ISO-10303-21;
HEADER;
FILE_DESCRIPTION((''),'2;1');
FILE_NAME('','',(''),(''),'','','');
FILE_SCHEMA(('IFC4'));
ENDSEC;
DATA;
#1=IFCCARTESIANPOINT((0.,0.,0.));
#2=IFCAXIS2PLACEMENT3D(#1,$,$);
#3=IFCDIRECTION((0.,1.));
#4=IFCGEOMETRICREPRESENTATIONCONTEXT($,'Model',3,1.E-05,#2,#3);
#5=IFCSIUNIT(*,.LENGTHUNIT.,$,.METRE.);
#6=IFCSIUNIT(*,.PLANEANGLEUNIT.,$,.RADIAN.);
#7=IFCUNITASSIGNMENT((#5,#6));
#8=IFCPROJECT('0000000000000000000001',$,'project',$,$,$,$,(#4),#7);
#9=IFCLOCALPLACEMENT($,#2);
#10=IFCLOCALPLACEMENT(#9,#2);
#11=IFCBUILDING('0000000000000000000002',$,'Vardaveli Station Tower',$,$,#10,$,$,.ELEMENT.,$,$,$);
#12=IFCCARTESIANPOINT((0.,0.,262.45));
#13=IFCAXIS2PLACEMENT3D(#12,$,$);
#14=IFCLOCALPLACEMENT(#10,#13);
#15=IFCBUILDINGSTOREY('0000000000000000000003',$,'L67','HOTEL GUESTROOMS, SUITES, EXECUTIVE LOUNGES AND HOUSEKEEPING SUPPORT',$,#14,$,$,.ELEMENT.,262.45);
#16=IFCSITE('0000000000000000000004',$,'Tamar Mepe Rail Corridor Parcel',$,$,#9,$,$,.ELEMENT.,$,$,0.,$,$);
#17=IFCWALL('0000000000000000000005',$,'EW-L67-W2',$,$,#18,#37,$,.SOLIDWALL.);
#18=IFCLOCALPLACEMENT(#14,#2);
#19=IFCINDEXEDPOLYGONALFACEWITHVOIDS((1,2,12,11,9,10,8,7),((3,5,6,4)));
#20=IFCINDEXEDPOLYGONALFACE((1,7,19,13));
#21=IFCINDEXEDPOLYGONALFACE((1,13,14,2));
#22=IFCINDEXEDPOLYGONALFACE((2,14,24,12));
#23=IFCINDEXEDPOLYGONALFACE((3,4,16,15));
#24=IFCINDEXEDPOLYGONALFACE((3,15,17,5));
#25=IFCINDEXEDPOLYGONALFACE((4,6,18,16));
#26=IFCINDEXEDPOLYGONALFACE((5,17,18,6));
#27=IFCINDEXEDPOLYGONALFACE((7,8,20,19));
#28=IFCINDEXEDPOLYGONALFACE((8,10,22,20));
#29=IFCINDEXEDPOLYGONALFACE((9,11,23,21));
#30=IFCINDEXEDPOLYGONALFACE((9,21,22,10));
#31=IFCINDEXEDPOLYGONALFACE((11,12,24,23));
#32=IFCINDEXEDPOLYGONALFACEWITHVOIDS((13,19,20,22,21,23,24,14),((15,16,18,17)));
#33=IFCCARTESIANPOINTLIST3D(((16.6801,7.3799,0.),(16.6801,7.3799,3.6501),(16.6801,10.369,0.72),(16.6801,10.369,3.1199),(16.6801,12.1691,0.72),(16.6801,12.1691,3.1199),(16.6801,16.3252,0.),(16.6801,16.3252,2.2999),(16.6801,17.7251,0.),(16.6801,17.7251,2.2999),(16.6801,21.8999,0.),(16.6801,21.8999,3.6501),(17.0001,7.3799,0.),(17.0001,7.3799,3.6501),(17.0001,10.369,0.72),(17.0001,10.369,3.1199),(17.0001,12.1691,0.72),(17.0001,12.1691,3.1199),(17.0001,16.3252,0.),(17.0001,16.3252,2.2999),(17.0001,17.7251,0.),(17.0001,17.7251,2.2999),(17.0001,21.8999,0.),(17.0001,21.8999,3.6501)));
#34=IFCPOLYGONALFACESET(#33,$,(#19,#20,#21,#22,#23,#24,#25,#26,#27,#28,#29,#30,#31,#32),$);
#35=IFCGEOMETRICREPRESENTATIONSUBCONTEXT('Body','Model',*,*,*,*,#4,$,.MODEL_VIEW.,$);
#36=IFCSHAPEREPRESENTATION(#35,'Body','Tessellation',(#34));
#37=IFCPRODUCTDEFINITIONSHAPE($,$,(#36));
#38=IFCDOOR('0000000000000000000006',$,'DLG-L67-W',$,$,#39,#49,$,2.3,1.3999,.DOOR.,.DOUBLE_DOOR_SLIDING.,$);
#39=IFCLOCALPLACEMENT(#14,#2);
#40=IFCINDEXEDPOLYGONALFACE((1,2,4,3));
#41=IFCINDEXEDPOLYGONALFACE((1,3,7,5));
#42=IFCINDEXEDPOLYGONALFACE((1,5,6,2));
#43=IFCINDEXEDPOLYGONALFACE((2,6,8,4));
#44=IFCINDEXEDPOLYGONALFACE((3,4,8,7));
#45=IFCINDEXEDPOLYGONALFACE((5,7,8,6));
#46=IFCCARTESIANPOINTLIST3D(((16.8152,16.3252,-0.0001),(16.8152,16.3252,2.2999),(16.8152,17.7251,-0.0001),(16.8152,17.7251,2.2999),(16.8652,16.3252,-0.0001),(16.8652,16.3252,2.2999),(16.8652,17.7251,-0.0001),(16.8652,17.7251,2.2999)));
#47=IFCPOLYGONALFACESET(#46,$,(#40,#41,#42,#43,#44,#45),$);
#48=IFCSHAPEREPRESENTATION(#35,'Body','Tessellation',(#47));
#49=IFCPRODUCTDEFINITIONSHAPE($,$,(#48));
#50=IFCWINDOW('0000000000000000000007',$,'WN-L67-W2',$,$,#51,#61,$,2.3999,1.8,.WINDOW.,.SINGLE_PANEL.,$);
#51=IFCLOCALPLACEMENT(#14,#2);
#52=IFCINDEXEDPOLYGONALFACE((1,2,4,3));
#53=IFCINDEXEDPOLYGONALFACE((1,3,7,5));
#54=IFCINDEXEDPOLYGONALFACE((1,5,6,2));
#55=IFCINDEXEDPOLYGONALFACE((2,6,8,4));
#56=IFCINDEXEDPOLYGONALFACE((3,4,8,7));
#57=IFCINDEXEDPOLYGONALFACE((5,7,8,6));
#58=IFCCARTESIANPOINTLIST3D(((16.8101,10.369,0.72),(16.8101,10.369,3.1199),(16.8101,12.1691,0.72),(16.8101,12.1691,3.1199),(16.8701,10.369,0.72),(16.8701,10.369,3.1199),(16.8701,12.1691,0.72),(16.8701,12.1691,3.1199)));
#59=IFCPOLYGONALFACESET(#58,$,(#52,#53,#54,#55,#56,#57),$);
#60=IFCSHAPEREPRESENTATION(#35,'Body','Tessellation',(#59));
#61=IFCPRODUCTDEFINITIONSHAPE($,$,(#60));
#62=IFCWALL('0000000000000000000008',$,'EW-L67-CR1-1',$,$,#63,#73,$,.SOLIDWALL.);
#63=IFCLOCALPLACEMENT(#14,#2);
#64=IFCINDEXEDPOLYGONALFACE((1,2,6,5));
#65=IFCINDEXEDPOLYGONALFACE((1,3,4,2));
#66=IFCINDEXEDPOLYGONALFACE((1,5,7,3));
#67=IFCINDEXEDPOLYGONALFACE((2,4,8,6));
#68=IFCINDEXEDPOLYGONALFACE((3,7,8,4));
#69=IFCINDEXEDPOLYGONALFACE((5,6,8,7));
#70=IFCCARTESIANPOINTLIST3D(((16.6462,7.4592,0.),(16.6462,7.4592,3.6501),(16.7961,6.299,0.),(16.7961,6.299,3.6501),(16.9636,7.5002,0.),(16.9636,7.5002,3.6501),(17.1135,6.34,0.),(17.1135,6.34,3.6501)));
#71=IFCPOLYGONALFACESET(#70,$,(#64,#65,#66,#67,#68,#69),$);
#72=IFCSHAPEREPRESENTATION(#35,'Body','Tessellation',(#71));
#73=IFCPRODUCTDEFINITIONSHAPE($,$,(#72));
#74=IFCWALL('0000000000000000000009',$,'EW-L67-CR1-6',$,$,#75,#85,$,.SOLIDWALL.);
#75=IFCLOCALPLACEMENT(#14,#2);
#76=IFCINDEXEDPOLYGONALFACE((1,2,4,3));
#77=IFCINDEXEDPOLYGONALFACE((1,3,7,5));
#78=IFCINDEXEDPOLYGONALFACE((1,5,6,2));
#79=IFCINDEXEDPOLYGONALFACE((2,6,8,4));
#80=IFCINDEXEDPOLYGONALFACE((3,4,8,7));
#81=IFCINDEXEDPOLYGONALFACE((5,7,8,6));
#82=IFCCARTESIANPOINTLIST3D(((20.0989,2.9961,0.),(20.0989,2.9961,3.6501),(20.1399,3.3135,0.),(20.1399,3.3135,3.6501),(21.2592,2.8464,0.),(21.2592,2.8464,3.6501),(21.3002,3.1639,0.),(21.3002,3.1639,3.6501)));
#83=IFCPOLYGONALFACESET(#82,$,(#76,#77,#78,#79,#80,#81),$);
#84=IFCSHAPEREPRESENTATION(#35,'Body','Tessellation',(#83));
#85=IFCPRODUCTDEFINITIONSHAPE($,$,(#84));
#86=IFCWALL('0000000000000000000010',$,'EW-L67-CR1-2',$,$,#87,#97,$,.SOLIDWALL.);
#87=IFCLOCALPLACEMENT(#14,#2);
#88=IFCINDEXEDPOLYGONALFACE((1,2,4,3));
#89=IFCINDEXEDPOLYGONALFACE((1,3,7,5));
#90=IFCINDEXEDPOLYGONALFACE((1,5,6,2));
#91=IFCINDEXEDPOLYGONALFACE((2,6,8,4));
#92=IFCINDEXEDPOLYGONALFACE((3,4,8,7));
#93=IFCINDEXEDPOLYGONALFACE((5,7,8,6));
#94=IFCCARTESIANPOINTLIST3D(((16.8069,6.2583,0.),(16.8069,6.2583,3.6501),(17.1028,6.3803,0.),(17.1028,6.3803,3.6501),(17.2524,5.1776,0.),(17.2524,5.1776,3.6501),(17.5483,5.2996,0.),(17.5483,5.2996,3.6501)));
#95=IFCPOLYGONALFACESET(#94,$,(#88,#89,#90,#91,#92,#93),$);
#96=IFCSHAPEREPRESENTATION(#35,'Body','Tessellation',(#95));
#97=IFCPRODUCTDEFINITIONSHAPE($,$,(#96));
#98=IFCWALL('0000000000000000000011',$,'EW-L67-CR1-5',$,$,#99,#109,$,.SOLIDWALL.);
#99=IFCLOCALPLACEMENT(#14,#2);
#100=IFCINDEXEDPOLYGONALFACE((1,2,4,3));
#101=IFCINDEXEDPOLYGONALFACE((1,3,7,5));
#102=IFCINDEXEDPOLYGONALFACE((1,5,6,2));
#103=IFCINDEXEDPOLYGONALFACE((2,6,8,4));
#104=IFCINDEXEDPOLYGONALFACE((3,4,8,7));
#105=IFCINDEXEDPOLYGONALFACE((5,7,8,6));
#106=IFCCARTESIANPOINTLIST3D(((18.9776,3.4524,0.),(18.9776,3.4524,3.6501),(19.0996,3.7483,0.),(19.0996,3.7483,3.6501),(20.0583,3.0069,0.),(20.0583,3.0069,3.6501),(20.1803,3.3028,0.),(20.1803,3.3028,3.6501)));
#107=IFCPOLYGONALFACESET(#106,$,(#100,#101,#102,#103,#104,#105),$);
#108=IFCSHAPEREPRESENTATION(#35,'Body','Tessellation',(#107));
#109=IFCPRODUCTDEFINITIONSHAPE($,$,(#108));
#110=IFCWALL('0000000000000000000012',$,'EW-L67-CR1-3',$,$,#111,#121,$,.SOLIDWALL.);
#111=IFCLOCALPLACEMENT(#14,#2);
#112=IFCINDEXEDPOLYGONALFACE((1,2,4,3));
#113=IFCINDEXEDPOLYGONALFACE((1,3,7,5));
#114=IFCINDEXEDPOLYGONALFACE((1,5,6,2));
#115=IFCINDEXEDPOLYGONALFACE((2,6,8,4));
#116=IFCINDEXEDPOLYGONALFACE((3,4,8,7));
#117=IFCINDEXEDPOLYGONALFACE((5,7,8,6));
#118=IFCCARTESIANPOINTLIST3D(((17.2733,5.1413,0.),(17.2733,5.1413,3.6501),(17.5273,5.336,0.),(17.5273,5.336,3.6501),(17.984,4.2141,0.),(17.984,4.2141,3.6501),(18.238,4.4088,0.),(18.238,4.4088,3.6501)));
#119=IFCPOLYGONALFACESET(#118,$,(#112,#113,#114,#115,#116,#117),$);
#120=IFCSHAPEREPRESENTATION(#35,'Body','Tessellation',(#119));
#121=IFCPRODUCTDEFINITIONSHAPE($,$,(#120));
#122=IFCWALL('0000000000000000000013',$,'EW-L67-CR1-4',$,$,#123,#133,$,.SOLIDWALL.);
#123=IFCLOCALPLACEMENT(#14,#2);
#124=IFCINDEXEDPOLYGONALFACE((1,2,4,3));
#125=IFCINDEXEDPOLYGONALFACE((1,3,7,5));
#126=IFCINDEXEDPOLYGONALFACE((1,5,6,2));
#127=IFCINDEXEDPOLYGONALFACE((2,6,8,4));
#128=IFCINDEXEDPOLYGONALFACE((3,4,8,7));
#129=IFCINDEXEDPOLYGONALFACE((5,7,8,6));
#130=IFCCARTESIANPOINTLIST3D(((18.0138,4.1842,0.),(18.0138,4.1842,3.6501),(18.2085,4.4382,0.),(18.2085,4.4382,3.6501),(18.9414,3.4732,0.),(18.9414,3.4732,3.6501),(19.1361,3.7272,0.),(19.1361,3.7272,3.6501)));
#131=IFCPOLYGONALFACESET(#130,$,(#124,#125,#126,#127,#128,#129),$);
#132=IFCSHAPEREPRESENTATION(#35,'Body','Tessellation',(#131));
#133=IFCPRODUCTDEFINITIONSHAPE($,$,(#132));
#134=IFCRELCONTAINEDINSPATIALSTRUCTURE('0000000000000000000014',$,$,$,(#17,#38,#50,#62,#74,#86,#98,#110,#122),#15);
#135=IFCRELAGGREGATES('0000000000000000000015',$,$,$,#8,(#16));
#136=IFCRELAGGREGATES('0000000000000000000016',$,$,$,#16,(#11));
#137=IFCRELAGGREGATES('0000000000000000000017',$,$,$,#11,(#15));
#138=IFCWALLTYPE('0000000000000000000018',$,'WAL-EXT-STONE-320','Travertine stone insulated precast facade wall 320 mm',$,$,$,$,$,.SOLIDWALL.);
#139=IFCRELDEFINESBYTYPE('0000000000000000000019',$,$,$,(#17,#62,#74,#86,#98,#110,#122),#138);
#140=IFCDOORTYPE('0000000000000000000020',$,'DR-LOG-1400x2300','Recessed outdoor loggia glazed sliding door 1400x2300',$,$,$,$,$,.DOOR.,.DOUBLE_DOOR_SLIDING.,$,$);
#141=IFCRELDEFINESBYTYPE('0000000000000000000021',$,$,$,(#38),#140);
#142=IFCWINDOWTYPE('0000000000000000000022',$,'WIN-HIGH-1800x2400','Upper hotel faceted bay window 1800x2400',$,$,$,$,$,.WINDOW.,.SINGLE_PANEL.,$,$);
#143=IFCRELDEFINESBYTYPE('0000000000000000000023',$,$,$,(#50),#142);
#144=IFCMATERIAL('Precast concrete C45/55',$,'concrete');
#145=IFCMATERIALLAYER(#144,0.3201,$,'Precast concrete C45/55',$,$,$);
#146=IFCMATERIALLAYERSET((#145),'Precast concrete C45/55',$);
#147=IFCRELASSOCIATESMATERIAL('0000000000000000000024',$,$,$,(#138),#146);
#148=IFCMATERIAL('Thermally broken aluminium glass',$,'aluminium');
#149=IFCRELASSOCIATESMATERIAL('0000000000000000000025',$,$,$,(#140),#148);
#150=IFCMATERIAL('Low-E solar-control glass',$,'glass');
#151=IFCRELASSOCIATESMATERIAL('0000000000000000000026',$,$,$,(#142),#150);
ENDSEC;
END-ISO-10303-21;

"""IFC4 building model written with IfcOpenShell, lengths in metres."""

from ifc_helpers import new_model, si_unit, direction, frame, frame_2d, origin, place, context, subcontext, project, spatial, rectangle, extrude, source, transform, mapped, material, layer, layer_set, type_object, element, fill, save


model = new_model("IFC4")

# Units and contexts
model_context = context("Model", 3, precision=1e-05, world=origin(), true_north=direction((0.0, 1.0)))
body_context = subcontext(model_context, "Body", "Model", "MODEL_VIEW")
ifc_project = project(units=[si_unit("LENGTHUNIT", "METRE"), si_unit("PLANEANGLEUNIT", "RADIAN")], contexts=[model_context])

# Site, building, storey
site_placement = place(None, origin())
site = spatial("IfcSite", under=ifc_project, at=site_placement, Name="Tamar Mepe Rail Corridor Parcel", CompositionType="ELEMENT", RefElevation=0.0)
building_placement = place(site_placement, origin())
building = spatial("IfcBuilding", under=site, at=building_placement, Name="Vardaveli Station Tower", CompositionType="ELEMENT")
storey_placement = place(building_placement, frame((0.0, 0.0, 262.45)))
storey = spatial("IfcBuildingStorey", under=building, at=storey_placement, Name="L67", Description="HOTEL GUESTROOMS, SUITES, EXECUTIVE LOUNGES AND HOUSEKEEPING SUPPORT", CompositionType="ELEMENT", Elevation=262.45)

# Shared definitions
ifc_material_1 = material(Name="Precast concrete C45/55", Category="concrete")

# Wall, openings, door, window
ifc_layer_1 = layer(ifc_material_1, 0.3201, Name="Precast concrete C45/55")
ifc_layer_set_1 = layer_set([ifc_layer_1], Name="Precast concrete C45/55")
wall_type_1 = type_object("IfcWallType", Name="WAL-EXT-STONE-320", Description="Travertine stone insulated precast facade wall 320 mm", PredefinedType="SOLIDWALL", material=ifc_layer_set_1)
shared_shape_1 = source(origin(), body_context, "Body", "SweptSolid", [
    extrude(rectangle(XDim=14.52, YDim=0.3201, at=frame_2d((7.26, 0.0))), origin(), (0.0, 0.0, 1.0), 3.6501),
])
wall_1_placement = place(storey_placement, frame((16.8401, 21.8999, 0.0), z_axis=(0.0, 0.0, 1.0), x_axis=(0.0, -1.0, 0.0)))
wall_1 = element("IfcWall", 1, at=wall_1_placement, inside=storey, type_object=wall_type_1, Name="EW-L67-W2", PredefinedType="SOLIDWALL", context=body_context, shape_type="MappedRepresentation", body=[
    mapped(shared_shape_1, transform((0.0, 0.0, 0.0), scale=1.0)),
])
shared_shape_2 = source(origin(), body_context, "Body", "SweptSolid", [
    extrude(rectangle(XDim=1.3999, YDim=2.3, at=frame_2d((0.7, 1.1499))), frame((0.0, 0.1699, 0.0), z_axis=(0.0, -1.0, 0.0), x_axis=(1.0, 0.0, 0.0)), (0.0, 0.0, 1.0), 0.3401),
])
opening_1_placement = place(wall_1_placement, frame((4.1748, 0.0, 0.0)))
opening_1 = element("IfcOpeningElement", 2, at=opening_1_placement, cuts=wall_1, PredefinedType="OPENING", context=body_context, shape_type="MappedRepresentation", body=[
    mapped(shared_shape_2, transform((0.0, 0.0, 0.0), scale=1.0)),
])
shared_shape_3 = source(origin(), body_context, "Body", "SweptSolid", [
    extrude(rectangle(XDim=1.8, YDim=2.3999, at=frame_2d((0.8999, 1.2))), frame((0.0, 0.1699, 0.0), z_axis=(0.0, -1.0, 0.0), x_axis=(1.0, 0.0, 0.0)), (0.0, 0.0, 1.0), 0.3401),
])
opening_2_placement = place(wall_1_placement, frame((9.731, 0.0, 0.72)))
opening_2 = element("IfcOpeningElement", 3, at=opening_2_placement, cuts=wall_1, PredefinedType="OPENING", context=body_context, shape_type="MappedRepresentation", body=[
    mapped(shared_shape_3, transform((0.0, 0.0, 0.0), scale=1.0)),
])
ifc_material_2 = material(Name="Thermally broken aluminium glass", Category="aluminium")
door_type_1 = type_object("IfcDoorType", Name="DR-LOG-1400x2300", Description="Recessed outdoor loggia glazed sliding door 1400x2300", OperationType="DOUBLE_DOOR_SLIDING", PredefinedType="DOOR", material=ifc_material_2)
shared_shape_4 = source(origin(), body_context, "Body", "SweptSolid", [
    extrude(rectangle(XDim=1.3999, YDim=2.3, at=frame_2d((0.7, 1.1499))), frame((0.0, 0.0249, 0.0), z_axis=(0.0, -1.0, 0.0), x_axis=(1.0, 0.0, 0.0)), (0.0, 0.0, 1.0), 0.05),
])
door_1_placement = place(opening_1_placement, frame((1.3999, 0.0, 0.0), z_axis=(0.0, 0.0, 1.0), x_axis=(-1.0, 0.0, 0.0)))
door_1 = element("IfcDoor", 4, at=door_1_placement, inside=storey, type_object=door_type_1, Name="DLG-L67-W", OperationType="DOUBLE_DOOR_SLIDING", OverallHeight=2.3, OverallWidth=1.3999, PredefinedType="DOOR", context=body_context, shape_type="MappedRepresentation", body=[
    mapped(shared_shape_4, transform((0.0, 0.0, 0.0), scale=1.0)),
])
fill(opening_1, door_1)
ifc_material_3 = material(Name="Low-E solar-control glass", Category="glass")
window_type = type_object("IfcWindowType", Name="WIN-HIGH-1800x2400", Description="Upper hotel faceted bay window 1800x2400", PartitioningType="SINGLE_PANEL", PredefinedType="WINDOW", material=ifc_material_3)
shared_shape_5 = source(origin(), body_context, "Body", "SweptSolid", [
    extrude(rectangle(XDim=1.8, YDim=2.3999, at=frame_2d((0.8999, 1.2))), frame((0.0, 0.03, 0.0), z_axis=(0.0, -1.0, 0.0), x_axis=(1.0, 0.0, 0.0)), (0.0, 0.0, 1.0), 0.0601),
])
window_placement = place(opening_2_placement, origin())
window = element("IfcWindow", 5, at=window_placement, inside=storey, type_object=window_type, Name="WN-L67-W2", OverallHeight=2.3999, OverallWidth=1.8, PartitioningType="SINGLE_PANEL", PredefinedType="WINDOW", context=body_context, shape_type="MappedRepresentation", body=[
    mapped(shared_shape_5, transform((0.0, 0.0, 0.0), scale=1.0)),
])
fill(opening_2, window)

# Walls
shared_shape_6 = source(origin(), body_context, "Body", "SweptSolid", [
    extrude(rectangle(XDim=1.1699, YDim=0.3201, at=frame_2d((0.585, 0.0))), origin(), (0.0, 0.0, 1.0), 3.6501),
])
for number, where, z_axis, x_axis, name in (
    (6, (16.8049, 7.4797, 0.0), (0.0, 0.0, 1.0), (0.128117, -0.991759, 0.0), "EW-L67-CR1-1"),
    (7, (20.1194, 3.1548, 0.0), (0.0, 0.0, 1.0), (0.991786, -0.127912, 0.0), "EW-L67-CR1-6"),
):
    element("IfcWall", number, at=place(storey_placement, frame(where, z_axis=z_axis, x_axis=x_axis)), inside=storey, type_object=wall_type_1, Name=name, PredefinedType="SOLIDWALL", context=body_context, shape_type="MappedRepresentation", body=[
        mapped(shared_shape_6, transform((0.0, 0.0, 0.0), scale=1.0)),
    ])
shared_shape_7 = source(origin(), body_context, "Body", "SweptSolid", [
    extrude(rectangle(XDim=1.1689, YDim=0.3201, at=frame_2d((0.5845, 0.0))), origin(), (0.0, 0.0, 1.0), 3.6501),
])
for number, where, z_axis, x_axis, name in (
    (8, (16.9548, 6.3193, 0.0), (0.0, 0.0, 1.0), (0.381128, -0.924522, 0.0), "EW-L67-CR1-2"),
    (9, (19.0386, 3.6003, 0.0), (0.0, 0.0, 1.0), (0.924522, -0.381128, 0.0), "EW-L67-CR1-5"),
):
    element("IfcWall", number, at=place(storey_placement, frame(where, z_axis=z_axis, x_axis=x_axis)), inside=storey, type_object=wall_type_1, Name=name, PredefinedType="SOLIDWALL", context=body_context, shape_type="MappedRepresentation", body=[
        mapped(shared_shape_7, transform((0.0, 0.0, 0.0), scale=1.0)),
    ])
shared_shape_8 = source(origin(), body_context, "Body", "SweptSolid", [
    extrude(rectangle(XDim=1.1682, YDim=0.3201, at=frame_2d((0.584, 0.0))), origin(), (0.0, 0.0, 1.0), 3.6501),
])
wall_2_placement = place(storey_placement, frame((17.4004, 5.2385, 0.0), z_axis=(0.0, 0.0, 1.0), x_axis=(0.608326, -0.793687, 0.0)))
element("IfcWall", 10, at=wall_2_placement, inside=storey, type_object=wall_type_1, Name="EW-L67-CR1-3", PredefinedType="SOLIDWALL", context=body_context, shape_type="MappedRepresentation", body=[
    mapped(shared_shape_8, transform((0.0, 0.0, 0.0), scale=1.0)),
])
shared_shape_9 = source(origin(), body_context, "Body", "SweptSolid", [
    extrude(rectangle(XDim=1.1687, YDim=0.3201, at=frame_2d((0.5845, 0.0))), origin(), (0.0, 0.0, 1.0), 3.6501),
])
wall_3_placement = place(storey_placement, frame((18.1111, 4.3113, 0.0), z_axis=(0.0, 0.0, 1.0), x_axis=(0.793664, -0.608357, 0.0)))
element("IfcWall", 11, at=wall_3_placement, inside=storey, type_object=wall_type_1, Name="EW-L67-CR1-4", PredefinedType="SOLIDWALL", context=body_context, shape_type="MappedRepresentation", body=[
    mapped(shared_shape_9, transform((0.0, 0.0, 0.0), scale=1.0)),
])

save(model, "model.ifc")
